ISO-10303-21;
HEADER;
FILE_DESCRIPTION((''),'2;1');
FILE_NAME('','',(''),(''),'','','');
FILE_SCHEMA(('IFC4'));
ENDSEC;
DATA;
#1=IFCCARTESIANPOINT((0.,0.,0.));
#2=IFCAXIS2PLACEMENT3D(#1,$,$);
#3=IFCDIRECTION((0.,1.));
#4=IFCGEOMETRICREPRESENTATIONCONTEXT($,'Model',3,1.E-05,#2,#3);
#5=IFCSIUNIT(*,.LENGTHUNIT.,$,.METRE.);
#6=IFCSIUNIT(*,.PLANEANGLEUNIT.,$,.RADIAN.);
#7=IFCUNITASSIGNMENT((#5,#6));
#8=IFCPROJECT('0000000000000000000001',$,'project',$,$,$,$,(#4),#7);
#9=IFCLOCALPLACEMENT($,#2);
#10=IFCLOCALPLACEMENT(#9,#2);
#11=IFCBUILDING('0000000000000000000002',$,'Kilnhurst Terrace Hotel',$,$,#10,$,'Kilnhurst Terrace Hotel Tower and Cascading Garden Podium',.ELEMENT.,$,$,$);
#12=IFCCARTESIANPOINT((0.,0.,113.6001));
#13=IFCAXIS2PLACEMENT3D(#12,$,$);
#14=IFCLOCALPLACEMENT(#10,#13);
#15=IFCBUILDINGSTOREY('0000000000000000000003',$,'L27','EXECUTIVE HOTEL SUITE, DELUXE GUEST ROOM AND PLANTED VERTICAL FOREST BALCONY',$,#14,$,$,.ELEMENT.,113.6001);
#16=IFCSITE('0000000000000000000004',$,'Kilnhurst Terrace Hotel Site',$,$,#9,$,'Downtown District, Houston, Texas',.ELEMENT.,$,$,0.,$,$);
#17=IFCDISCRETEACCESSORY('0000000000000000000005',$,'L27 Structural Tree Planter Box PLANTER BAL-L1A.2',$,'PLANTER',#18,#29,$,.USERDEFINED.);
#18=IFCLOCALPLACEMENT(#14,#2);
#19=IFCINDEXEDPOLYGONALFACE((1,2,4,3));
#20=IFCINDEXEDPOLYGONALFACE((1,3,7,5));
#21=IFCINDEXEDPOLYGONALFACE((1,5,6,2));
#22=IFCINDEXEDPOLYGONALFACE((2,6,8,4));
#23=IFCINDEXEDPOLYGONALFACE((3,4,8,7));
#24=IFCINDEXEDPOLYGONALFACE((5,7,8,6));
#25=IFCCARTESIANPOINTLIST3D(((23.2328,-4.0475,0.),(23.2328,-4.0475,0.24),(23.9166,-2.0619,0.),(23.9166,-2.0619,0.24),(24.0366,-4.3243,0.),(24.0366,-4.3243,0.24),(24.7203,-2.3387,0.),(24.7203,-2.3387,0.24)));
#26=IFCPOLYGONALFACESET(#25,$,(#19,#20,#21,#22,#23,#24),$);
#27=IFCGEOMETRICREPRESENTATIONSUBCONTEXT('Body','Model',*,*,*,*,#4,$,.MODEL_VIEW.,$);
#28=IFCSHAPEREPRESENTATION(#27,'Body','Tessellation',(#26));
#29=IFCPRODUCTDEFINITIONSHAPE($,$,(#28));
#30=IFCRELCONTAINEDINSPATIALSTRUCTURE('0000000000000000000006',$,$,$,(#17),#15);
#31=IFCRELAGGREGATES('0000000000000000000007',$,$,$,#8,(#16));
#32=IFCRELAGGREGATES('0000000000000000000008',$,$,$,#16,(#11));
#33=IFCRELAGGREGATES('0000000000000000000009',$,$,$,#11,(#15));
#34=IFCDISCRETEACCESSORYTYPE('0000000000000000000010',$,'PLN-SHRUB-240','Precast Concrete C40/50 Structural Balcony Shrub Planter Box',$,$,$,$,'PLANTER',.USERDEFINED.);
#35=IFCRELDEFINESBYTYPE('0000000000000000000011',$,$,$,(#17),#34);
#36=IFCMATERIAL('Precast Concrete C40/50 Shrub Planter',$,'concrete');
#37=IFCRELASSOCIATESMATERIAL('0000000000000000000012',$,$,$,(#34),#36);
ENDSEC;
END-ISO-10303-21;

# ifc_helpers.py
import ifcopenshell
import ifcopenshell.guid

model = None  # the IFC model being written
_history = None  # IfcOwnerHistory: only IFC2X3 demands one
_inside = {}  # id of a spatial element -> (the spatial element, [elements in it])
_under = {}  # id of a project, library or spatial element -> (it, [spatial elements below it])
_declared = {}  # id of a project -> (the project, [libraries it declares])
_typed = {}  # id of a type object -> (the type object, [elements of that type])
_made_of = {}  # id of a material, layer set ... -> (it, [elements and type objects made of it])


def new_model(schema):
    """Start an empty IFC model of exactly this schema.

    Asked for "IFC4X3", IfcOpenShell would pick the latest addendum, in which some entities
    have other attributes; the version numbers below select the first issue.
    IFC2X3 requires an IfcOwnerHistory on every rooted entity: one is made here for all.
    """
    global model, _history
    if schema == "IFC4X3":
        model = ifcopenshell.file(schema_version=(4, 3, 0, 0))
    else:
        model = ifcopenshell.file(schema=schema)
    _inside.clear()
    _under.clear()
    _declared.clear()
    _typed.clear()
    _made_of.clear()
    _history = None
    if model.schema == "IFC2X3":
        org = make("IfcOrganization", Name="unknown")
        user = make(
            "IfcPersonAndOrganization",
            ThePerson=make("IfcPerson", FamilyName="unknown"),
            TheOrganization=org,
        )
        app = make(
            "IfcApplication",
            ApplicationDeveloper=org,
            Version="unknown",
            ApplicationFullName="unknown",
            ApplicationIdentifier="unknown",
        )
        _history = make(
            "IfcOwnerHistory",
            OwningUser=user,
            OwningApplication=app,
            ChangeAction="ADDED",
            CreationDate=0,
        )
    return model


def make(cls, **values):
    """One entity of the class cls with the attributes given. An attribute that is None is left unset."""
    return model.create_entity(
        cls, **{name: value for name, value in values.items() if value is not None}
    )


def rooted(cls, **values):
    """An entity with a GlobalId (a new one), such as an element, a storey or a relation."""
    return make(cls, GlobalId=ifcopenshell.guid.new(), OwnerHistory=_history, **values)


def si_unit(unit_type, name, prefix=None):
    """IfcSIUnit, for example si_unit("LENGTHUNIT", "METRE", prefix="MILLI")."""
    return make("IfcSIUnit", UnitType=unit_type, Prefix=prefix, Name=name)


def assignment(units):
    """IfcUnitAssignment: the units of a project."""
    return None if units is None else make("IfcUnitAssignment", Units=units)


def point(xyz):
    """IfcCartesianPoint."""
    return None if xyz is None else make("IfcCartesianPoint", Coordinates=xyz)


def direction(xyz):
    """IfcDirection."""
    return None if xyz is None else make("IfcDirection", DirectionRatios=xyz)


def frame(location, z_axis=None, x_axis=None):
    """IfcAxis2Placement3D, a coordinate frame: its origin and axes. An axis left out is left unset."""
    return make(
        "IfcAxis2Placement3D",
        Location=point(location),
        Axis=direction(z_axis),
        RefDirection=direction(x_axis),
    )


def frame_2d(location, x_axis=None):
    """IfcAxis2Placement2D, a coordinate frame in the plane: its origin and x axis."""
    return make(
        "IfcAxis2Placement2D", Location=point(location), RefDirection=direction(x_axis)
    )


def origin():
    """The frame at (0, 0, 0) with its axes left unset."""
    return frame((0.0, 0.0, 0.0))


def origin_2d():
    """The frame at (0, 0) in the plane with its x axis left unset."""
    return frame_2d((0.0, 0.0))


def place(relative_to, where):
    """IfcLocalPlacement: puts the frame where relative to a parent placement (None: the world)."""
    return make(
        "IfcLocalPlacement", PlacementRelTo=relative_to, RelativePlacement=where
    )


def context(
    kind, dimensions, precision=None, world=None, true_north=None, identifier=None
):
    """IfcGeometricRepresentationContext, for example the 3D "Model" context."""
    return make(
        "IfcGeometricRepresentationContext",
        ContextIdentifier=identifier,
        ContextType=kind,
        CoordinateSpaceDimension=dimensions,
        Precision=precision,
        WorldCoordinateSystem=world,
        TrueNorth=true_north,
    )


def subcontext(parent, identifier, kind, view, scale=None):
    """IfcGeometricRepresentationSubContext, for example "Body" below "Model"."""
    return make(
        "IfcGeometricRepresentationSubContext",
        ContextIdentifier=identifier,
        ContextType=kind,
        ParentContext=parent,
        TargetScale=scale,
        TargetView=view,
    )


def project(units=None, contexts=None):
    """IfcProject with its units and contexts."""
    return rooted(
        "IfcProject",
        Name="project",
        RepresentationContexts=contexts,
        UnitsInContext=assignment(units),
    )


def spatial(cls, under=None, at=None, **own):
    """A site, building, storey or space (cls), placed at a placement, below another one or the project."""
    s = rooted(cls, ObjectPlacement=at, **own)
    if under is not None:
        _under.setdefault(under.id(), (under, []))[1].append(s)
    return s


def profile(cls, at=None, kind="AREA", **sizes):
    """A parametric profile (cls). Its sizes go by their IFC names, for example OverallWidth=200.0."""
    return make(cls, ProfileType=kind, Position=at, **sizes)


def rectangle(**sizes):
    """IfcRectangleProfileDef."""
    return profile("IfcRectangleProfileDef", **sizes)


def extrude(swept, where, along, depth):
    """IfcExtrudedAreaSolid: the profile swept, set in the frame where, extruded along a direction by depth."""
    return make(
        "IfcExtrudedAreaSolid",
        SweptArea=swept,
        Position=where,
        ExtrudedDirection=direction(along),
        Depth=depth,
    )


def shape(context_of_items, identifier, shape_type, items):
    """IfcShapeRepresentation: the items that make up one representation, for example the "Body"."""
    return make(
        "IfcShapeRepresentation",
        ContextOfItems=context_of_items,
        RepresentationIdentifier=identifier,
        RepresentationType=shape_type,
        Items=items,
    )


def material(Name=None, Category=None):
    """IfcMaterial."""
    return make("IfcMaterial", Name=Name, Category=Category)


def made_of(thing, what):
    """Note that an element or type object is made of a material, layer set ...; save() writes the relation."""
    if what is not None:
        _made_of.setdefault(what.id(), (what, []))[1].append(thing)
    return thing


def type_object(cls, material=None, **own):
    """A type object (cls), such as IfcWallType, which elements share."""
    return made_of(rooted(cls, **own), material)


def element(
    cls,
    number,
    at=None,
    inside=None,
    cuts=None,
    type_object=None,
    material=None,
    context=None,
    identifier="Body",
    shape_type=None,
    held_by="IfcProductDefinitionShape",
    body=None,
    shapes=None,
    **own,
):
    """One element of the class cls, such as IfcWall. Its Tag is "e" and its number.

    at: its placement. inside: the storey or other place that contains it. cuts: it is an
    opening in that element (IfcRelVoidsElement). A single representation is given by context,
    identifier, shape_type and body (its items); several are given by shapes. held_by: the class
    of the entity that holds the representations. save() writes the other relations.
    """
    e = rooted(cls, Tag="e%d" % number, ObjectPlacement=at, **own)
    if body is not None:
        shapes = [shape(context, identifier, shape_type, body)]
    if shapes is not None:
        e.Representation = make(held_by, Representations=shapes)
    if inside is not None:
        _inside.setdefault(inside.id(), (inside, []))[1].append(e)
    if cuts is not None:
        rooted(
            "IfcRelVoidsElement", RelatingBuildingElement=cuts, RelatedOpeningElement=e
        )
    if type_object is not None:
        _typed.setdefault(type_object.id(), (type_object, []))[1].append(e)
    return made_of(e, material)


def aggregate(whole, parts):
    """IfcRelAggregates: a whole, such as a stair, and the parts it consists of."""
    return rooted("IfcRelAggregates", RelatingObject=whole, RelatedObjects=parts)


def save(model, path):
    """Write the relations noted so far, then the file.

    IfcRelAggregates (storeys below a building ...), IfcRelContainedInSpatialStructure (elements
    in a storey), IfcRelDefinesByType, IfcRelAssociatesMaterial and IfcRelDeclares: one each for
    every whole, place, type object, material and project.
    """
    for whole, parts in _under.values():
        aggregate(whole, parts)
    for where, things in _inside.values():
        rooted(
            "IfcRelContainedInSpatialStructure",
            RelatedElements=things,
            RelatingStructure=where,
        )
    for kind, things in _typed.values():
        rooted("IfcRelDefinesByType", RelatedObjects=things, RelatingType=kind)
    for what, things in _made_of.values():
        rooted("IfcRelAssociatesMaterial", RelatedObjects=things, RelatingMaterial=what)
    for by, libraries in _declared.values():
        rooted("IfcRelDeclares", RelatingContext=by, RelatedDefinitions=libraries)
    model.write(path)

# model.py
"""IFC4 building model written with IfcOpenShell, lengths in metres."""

from ifc_helpers import new_model, si_unit, direction, frame, origin, origin_2d, place, context, subcontext, project, spatial, rectangle, extrude, material, type_object, element, save


model = new_model("IFC4")

# Units and contexts
model_context = context("Model", 3, precision=1e-05, world=origin(), true_north=direction((0.0, 1.0)))
body_context = subcontext(model_context, "Body", "Model", "MODEL_VIEW")
ifc_project = project(units=[si_unit("LENGTHUNIT", "METRE"), si_unit("PLANEANGLEUNIT", "RADIAN")], contexts=[model_context])

# Site, building, storey
site_placement = place(None, origin())
site = spatial("IfcSite", under=ifc_project, at=site_placement, Name="Kilnhurst Terrace Hotel Site", LongName="Downtown District, Houston, Texas", CompositionType="ELEMENT", RefElevation=0.0)
building_placement = place(site_placement, origin())
building = spatial("IfcBuilding", under=site, at=building_placement, Name="Kilnhurst Terrace Hotel", LongName="Kilnhurst Terrace Hotel Tower and Cascading Garden Podium", CompositionType="ELEMENT")
storey_placement = place(building_placement, frame((0.0, 0.0, 113.6001)))
storey = spatial("IfcBuildingStorey", under=building, at=storey_placement, Name="L27", Description="EXECUTIVE HOTEL SUITE, DELUXE GUEST ROOM AND PLANTED VERTICAL FOREST BALCONY", CompositionType="ELEMENT", Elevation=113.6001)

# Discrete accessory
ifc_material_1 = material(Name="Precast Concrete C40/50 Shrub Planter", Category="concrete")
discrete_accessory_type = type_object("IfcDiscreteAccessoryType", Name="PLN-SHRUB-240", Description="Precast Concrete C40/50 Structural Balcony Shrub Planter Box", ElementType="PLANTER", PredefinedType="USERDEFINED", material=ifc_material_1)
discrete_accessory_placement = place(storey_placement, frame((23.9766, -3.1931, 0.0), z_axis=(0.0, 0.0, 1.0), x_axis=(0.325601, 0.945507, 0.0)))
element("IfcDiscreteAccessory", 1, at=discrete_accessory_placement, inside=storey, type_object=discrete_accessory_type, Name="L27 Structural Tree Planter Box PLANTER BAL-L1A.2", ObjectType="PLANTER", PredefinedType="USERDEFINED", context=body_context, shape_type="SweptSolid", body=[
    extrude(rectangle(XDim=2.1001, YDim=0.8501, at=origin_2d()), origin(), (0.0, 0.0, 1.0), 0.24),
])

save(model, "model.ifc")
